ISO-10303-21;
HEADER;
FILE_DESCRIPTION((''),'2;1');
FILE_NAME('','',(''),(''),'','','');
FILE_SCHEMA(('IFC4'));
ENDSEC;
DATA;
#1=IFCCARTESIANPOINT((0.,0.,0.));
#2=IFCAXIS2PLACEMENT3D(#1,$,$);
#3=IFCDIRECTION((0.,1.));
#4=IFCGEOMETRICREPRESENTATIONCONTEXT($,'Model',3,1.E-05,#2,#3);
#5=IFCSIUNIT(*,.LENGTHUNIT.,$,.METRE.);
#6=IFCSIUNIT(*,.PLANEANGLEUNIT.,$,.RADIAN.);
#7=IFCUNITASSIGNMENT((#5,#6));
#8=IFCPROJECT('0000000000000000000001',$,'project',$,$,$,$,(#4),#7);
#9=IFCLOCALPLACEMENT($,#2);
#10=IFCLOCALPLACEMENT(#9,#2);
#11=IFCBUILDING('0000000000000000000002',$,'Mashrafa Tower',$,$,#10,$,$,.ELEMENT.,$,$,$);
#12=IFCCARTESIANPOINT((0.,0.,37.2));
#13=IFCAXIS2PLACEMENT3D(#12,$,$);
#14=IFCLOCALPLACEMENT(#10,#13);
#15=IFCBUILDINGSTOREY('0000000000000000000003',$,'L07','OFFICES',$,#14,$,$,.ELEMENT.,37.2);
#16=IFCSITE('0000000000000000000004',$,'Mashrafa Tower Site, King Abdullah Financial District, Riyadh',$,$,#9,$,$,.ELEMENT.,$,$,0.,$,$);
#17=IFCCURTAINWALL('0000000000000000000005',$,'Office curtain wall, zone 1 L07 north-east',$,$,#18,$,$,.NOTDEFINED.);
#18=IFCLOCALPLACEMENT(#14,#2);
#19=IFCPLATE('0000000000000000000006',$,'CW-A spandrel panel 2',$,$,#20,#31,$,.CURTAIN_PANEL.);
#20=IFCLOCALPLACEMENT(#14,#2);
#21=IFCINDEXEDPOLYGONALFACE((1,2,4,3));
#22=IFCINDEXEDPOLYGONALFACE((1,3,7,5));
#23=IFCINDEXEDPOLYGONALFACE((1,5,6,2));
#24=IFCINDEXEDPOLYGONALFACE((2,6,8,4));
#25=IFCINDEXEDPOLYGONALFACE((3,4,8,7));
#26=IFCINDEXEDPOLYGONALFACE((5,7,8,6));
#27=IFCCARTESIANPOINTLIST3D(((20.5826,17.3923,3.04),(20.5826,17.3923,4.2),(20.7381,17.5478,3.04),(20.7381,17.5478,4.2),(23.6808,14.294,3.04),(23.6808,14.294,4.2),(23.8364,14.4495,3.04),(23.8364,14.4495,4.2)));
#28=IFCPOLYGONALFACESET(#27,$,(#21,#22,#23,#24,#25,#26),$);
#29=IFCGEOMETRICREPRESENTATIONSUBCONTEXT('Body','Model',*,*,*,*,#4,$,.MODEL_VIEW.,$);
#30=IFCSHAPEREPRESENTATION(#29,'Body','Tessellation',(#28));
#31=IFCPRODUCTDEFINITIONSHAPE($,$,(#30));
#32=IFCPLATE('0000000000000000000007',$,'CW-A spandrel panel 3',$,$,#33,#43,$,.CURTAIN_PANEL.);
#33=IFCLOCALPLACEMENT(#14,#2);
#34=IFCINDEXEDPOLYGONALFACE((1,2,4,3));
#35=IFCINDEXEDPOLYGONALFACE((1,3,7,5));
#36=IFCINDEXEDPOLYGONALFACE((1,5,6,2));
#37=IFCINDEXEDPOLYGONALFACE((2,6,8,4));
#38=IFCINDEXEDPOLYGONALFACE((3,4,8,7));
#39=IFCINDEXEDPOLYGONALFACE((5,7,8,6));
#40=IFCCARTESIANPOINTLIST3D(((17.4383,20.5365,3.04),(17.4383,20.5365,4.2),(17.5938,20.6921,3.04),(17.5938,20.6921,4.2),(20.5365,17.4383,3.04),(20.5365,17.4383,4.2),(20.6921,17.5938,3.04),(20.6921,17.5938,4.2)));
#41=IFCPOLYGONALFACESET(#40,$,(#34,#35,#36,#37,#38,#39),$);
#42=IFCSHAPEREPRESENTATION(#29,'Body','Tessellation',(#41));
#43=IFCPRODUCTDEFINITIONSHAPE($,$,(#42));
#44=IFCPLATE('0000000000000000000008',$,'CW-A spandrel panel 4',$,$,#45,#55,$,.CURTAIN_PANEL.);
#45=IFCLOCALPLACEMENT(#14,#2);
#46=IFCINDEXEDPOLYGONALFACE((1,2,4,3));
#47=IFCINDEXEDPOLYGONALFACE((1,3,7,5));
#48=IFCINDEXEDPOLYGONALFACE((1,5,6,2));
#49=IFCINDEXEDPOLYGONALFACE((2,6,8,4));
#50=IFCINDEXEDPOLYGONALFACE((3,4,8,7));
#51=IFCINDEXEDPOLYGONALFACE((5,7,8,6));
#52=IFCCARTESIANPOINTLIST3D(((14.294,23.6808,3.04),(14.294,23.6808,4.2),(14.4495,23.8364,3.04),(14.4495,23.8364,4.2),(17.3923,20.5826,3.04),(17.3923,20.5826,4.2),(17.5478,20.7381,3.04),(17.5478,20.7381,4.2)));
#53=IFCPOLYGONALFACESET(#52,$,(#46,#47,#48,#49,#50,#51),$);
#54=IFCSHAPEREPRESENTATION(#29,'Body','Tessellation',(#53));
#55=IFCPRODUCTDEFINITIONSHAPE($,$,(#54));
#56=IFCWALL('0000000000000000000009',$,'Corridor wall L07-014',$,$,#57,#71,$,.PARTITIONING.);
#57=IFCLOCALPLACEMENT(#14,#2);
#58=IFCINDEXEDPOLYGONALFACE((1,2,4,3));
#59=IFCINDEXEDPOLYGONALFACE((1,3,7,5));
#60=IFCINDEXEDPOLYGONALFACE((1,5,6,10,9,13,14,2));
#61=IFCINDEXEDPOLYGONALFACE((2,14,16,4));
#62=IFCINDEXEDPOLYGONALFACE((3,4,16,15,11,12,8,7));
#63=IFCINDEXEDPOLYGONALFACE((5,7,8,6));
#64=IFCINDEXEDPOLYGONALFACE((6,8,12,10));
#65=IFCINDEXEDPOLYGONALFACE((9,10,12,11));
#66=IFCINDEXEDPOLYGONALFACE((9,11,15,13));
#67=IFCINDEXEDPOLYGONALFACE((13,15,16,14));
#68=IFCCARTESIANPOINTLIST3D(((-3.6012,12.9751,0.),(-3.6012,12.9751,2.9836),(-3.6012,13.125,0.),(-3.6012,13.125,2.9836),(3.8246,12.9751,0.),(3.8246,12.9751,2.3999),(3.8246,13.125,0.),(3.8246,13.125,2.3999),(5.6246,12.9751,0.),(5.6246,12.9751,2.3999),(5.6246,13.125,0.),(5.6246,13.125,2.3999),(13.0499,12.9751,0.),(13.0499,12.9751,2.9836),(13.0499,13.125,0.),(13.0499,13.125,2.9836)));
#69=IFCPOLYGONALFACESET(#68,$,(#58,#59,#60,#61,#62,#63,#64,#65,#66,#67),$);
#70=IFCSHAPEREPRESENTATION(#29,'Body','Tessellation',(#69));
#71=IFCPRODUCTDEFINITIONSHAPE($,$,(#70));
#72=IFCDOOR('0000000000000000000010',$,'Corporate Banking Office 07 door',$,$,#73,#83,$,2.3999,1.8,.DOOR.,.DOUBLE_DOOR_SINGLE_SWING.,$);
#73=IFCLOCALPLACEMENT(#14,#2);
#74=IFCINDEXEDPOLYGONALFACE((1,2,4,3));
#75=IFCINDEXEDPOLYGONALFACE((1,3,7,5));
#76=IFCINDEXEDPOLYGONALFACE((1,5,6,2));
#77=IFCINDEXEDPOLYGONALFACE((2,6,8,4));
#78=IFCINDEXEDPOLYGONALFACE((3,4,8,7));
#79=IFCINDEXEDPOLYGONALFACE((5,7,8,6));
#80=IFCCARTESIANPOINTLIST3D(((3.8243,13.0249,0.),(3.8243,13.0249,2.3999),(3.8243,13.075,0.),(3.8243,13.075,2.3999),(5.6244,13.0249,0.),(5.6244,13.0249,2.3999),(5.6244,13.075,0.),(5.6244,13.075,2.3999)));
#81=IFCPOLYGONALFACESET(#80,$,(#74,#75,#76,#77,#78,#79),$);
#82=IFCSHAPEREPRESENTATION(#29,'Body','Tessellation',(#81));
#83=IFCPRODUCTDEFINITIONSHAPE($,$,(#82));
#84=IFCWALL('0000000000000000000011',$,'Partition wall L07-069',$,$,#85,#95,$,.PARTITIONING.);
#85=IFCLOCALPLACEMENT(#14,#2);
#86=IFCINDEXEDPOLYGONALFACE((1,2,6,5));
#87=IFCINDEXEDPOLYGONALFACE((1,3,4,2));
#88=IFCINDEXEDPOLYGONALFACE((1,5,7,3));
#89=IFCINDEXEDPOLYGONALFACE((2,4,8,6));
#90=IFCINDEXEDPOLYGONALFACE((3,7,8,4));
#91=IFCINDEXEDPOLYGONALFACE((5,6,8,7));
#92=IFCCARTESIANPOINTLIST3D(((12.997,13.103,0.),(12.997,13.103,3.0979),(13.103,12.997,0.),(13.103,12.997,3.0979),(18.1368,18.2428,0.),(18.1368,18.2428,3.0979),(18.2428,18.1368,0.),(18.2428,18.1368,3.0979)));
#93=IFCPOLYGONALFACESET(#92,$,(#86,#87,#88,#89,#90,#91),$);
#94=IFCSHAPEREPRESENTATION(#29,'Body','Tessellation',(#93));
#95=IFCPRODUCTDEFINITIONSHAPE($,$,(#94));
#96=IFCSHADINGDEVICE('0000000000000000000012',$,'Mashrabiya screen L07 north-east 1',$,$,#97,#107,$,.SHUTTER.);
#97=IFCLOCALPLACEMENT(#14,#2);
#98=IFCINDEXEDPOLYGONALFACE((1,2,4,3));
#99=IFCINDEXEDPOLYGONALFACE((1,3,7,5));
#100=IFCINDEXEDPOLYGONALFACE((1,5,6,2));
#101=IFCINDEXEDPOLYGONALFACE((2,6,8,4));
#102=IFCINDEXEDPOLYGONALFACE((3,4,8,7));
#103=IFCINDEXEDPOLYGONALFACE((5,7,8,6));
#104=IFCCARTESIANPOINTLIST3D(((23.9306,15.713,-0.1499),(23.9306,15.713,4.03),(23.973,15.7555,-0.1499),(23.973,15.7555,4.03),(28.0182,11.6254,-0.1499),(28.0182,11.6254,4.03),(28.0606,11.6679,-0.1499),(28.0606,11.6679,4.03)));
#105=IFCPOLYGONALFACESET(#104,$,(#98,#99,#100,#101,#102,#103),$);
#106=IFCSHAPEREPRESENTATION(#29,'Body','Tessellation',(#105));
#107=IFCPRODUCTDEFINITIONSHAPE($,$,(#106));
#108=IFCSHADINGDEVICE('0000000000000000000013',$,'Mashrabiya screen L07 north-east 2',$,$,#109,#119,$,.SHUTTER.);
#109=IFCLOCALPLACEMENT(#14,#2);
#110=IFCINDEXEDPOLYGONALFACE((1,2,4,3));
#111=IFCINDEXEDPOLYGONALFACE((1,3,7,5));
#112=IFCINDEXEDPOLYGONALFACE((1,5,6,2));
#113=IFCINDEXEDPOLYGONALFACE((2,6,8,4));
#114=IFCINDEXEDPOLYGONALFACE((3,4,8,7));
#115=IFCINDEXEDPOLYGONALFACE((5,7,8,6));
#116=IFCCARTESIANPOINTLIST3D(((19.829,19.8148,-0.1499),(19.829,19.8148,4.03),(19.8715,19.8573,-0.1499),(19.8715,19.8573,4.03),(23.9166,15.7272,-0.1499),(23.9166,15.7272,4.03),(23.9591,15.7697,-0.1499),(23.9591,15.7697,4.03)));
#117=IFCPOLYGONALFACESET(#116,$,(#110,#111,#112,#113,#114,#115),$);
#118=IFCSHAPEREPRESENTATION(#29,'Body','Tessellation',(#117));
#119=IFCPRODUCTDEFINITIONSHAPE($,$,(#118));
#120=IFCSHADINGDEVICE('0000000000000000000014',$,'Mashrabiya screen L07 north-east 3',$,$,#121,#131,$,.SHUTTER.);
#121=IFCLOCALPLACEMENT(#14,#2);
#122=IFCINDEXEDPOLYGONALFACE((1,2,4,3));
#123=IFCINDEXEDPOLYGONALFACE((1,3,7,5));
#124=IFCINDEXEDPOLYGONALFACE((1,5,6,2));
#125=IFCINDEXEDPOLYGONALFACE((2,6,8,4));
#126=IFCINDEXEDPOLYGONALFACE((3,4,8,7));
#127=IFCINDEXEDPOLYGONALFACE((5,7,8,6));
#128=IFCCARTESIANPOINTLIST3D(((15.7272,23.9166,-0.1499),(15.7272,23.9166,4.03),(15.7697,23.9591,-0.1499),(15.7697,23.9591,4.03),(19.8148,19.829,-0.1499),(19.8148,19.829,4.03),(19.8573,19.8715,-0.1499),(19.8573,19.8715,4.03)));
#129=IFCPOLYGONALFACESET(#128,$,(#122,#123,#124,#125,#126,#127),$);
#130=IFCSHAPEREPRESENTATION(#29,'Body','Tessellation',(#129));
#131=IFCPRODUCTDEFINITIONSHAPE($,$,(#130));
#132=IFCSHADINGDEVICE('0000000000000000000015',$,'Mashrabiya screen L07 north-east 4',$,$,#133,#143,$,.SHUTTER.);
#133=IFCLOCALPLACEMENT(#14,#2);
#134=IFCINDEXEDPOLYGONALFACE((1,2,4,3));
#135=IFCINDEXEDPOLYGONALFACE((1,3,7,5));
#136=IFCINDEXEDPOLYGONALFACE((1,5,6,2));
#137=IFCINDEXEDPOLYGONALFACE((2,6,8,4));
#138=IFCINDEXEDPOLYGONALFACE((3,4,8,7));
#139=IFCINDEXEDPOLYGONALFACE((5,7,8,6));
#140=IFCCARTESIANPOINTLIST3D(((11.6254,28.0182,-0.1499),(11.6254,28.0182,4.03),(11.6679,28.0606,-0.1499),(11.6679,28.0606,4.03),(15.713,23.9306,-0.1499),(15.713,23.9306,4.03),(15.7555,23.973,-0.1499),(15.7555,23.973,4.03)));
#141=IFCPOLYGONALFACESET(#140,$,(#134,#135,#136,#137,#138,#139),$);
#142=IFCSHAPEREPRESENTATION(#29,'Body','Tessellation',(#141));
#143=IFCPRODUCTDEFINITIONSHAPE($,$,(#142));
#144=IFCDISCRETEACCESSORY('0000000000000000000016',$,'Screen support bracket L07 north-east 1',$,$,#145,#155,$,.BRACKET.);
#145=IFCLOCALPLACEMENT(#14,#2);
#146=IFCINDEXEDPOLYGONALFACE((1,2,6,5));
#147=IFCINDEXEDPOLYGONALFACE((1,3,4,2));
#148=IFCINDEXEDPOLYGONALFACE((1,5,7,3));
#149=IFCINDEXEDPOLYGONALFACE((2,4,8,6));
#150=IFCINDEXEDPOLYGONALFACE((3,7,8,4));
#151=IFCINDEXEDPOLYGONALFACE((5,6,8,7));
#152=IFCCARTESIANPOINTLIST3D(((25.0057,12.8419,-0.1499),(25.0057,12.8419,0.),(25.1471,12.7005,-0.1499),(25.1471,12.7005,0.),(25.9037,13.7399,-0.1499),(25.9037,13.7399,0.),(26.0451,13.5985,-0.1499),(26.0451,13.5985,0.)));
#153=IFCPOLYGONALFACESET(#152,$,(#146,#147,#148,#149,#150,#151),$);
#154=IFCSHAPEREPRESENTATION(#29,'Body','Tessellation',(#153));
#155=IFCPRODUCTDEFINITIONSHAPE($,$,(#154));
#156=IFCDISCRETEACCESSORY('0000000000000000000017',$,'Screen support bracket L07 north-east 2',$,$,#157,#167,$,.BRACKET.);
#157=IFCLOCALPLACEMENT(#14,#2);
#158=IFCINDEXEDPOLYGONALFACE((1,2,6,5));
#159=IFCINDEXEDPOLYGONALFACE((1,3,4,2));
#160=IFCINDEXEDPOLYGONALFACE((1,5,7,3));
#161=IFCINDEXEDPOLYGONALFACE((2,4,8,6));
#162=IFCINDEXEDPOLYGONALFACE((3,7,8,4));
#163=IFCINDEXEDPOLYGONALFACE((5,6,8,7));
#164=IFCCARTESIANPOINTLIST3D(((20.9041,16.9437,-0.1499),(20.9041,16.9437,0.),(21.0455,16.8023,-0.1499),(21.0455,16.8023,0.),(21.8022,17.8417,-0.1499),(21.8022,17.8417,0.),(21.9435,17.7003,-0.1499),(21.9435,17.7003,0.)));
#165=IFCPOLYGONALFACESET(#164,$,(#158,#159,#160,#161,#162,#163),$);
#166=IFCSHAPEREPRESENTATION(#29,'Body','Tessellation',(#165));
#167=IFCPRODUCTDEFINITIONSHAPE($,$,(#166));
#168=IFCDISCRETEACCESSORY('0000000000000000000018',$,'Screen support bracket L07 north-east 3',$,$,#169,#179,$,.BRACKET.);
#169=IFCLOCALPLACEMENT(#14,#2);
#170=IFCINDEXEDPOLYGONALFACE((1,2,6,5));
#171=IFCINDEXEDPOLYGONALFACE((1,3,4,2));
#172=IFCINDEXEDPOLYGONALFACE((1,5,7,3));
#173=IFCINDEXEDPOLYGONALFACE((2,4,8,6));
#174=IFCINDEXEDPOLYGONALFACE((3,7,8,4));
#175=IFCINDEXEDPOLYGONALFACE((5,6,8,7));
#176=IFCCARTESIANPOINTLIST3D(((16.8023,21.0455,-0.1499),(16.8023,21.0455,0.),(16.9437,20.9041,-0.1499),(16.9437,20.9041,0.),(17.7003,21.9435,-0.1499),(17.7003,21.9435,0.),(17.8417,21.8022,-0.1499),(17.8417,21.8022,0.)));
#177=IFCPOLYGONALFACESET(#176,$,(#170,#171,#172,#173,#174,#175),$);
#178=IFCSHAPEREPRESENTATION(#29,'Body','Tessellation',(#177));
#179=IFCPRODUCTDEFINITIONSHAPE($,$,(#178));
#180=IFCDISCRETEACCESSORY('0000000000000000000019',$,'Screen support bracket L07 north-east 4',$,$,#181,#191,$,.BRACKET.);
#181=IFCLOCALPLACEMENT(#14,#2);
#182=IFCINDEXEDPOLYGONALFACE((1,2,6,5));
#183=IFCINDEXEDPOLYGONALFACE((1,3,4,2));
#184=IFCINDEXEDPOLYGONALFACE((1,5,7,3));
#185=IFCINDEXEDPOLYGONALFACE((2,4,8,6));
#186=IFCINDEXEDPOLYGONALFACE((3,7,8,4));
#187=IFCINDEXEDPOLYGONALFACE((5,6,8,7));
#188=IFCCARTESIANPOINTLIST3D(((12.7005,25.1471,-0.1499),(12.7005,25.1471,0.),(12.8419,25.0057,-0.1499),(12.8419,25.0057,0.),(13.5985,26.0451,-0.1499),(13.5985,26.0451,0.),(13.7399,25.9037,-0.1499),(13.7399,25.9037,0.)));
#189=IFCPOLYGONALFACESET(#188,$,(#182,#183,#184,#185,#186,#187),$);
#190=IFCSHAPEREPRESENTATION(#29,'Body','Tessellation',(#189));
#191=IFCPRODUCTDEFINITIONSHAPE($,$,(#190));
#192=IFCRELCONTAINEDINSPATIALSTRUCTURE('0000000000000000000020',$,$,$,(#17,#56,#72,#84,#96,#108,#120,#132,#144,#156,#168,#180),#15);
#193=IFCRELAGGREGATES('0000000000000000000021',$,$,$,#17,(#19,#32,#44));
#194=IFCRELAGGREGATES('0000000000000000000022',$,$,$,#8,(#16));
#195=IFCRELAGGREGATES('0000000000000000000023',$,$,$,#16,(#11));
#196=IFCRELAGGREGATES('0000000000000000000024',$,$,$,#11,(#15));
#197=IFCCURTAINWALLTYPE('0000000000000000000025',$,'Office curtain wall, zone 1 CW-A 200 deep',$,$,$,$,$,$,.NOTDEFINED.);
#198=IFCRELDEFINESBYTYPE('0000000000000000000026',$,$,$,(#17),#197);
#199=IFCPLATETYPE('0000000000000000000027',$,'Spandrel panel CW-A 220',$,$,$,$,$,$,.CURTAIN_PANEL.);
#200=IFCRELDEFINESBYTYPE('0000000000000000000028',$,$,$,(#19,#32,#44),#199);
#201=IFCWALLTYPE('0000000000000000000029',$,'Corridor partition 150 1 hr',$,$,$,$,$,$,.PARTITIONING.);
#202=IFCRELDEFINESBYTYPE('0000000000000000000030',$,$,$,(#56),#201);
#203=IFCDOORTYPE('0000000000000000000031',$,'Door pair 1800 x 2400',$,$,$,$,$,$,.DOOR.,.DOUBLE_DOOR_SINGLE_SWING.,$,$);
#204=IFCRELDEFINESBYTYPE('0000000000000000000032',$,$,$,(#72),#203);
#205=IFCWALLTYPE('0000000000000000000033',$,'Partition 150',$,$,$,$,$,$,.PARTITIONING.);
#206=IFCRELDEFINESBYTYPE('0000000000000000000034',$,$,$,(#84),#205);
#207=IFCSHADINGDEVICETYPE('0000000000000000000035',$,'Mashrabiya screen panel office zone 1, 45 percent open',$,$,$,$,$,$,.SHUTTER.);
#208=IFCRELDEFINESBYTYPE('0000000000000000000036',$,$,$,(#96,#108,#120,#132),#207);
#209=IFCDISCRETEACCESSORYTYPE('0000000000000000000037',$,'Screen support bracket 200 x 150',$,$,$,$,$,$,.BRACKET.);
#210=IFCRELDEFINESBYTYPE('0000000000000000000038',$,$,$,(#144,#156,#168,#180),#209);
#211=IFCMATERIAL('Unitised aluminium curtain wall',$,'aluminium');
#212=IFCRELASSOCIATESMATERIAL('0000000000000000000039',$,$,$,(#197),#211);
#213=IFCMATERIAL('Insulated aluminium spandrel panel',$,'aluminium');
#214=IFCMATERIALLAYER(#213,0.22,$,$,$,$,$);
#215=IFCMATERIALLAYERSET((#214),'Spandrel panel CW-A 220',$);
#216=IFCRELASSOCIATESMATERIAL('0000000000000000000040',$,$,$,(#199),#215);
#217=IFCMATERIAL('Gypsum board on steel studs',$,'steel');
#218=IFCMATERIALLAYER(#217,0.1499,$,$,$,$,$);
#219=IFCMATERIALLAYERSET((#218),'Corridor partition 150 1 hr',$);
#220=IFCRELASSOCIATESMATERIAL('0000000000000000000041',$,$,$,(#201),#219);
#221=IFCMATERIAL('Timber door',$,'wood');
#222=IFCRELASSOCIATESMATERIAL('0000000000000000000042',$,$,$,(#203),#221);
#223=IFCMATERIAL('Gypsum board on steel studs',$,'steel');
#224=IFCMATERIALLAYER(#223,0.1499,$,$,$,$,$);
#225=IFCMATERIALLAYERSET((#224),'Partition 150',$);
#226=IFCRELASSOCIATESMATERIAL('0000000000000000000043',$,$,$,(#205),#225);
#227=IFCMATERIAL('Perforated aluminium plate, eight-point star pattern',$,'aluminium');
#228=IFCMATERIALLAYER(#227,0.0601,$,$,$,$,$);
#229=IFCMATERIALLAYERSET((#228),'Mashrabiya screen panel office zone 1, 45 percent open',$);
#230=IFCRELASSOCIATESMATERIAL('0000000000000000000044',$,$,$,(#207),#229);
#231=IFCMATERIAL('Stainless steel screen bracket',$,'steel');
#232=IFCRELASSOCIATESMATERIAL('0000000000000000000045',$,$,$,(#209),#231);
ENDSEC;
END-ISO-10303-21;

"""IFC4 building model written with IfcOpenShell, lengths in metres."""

from ifc_helpers import new_model, si_unit, direction, frame, frame_2d, origin, origin_2d, place, context, subcontext, project, spatial, rectangle, extrude, source, transform, mapped, material, layer, layer_set, type_object, type_shapes, element, fill, aggregate, save


model = new_model("IFC4")

# Units and contexts
model_context = context("Model", 3, precision=1e-05, world=origin(), true_north=direction((0.0, 1.0)))
body_context = subcontext(model_context, "Body", "Model", "MODEL_VIEW")
ifc_project = project(units=[si_unit("LENGTHUNIT", "METRE"), si_unit("PLANEANGLEUNIT", "RADIAN")], contexts=[model_context])

# Site, building, storey
site_placement = place(None, origin())
site = spatial("IfcSite", under=ifc_project, at=site_placement, Name="Mashrafa Tower Site, King Abdullah Financial District, Riyadh", CompositionType="ELEMENT", RefElevation=0.0)
building_placement = place(site_placement, origin())
building = spatial("IfcBuilding", under=site, at=building_placement, Name="Mashrafa Tower", CompositionType="ELEMENT")
storey_placement = place(building_placement, frame((0.0, 0.0, 37.2)))
storey = spatial("IfcBuildingStorey", under=building, at=storey_placement, Name="L07", Description="OFFICES", CompositionType="ELEMENT", Elevation=37.2)

# Curtain wall, plates
ifc_material_1 = material(Name="Unitised aluminium curtain wall", Category="aluminium")
curtain_wall_type = type_object("IfcCurtainWallType", Name="Office curtain wall, zone 1 CW-A 200 deep", PredefinedType="NOTDEFINED", material=ifc_material_1)
curtain_wall_placement = place(storey_placement, origin())
curtain_wall = element("IfcCurtainWall", 1, at=curtain_wall_placement, inside=storey, type_object=curtain_wall_type, Name="Office curtain wall, zone 1 L07 north-east", PredefinedType="NOTDEFINED")
ifc_material_2 = material(Name="Insulated aluminium spandrel panel", Category="aluminium")
ifc_layer_1 = layer(ifc_material_2, 0.22)
ifc_layer_set_1 = layer_set([ifc_layer_1], Name="Spandrel panel CW-A 220")
plate_type_1 = type_object("IfcPlateType", Name="Spandrel panel CW-A 220", PredefinedType="CURTAIN_PANEL", material=ifc_layer_set_1)
shared_shape_1 = source(origin(), body_context, "Body", "SweptSolid", [
    extrude(rectangle(XDim=4.3816, YDim=0.22, at=origin_2d()), origin(), (0.0, 0.0, 1.0), 1.1599),
])
plate_1_placement = place(storey_placement, frame((22.2095, 15.9209, 3.04), z_axis=(0.0, 0.0, 1.0), x_axis=(-0.707107, 0.707107, 0.0)))
plate_1 = element("IfcPlate", 2, at=plate_1_placement, type_object=plate_type_1, Name="CW-A spandrel panel 2", PredefinedType="CURTAIN_PANEL", context=body_context, shape_type="MappedRepresentation", body=[
    mapped(shared_shape_1, transform((0.0, 0.0, 0.0))),
])
plate_2_placement = place(storey_placement, frame((19.0652, 19.0652, 3.04), z_axis=(0.0, 0.0, 1.0), x_axis=(-0.707107, 0.707107, 0.0)))
plate_2 = element("IfcPlate", 3, at=plate_2_placement, type_object=plate_type_1, Name="CW-A spandrel panel 3", PredefinedType="CURTAIN_PANEL", context=body_context, shape_type="MappedRepresentation", body=[
    mapped(shared_shape_1, transform((0.0, 0.0, 0.0))),
])
plate_3_placement = place(storey_placement, frame((15.9209, 22.2095, 3.04), z_axis=(0.0, 0.0, 1.0), x_axis=(-0.707107, 0.707107, 0.0)))
plate_3 = element("IfcPlate", 4, at=plate_3_placement, type_object=plate_type_1, Name="CW-A spandrel panel 4", PredefinedType="CURTAIN_PANEL", context=body_context, shape_type="MappedRepresentation", body=[
    mapped(shared_shape_1, transform((0.0, 0.0, 0.0))),
])
aggregate(curtain_wall, [plate_1, plate_2, plate_3])

# Wall, opening, door
ifc_material_3 = material(Name="Gypsum board on steel studs", Category="steel")
ifc_layer_2 = layer(ifc_material_3, 0.1499)
ifc_layer_set_2 = layer_set([ifc_layer_2], Name="Corridor partition 150 1 hr")
wall_type_1 = type_object("IfcWallType", Name="Corridor partition 150 1 hr", PredefinedType="PARTITIONING", material=ifc_layer_set_2)
wall_1_placement = place(storey_placement, frame((13.05, 13.05, 0.0), z_axis=(0.0, 0.0, 1.0), x_axis=(-1.0, 0.0, 0.0)))
wall_1 = element("IfcWall", 5, at=wall_1_placement, inside=storey, type_object=wall_type_1, Name="Corridor wall L07-014", PredefinedType="PARTITIONING", context=body_context, shape_type="SweptSolid", body=[
    extrude(rectangle(XDim=16.6511, YDim=0.1499, at=frame_2d((8.3257, 0.0))), origin(), (0.0, 0.0, 1.0), 2.9836),
])
opening_placement = place(wall_1_placement, frame((7.4255, 0.0, 0.0)))
opening = element("IfcOpeningElement", 6, at=opening_placement, cuts=wall_1, PredefinedType="OPENING", context=body_context, shape_type="SweptSolid", body=[
    extrude(rectangle(XDim=1.8, YDim=2.3999, at=frame_2d((0.8999, 1.2))), frame((0.0, 0.085, 0.0), z_axis=(0.0, -1.0, 0.0), x_axis=(1.0, 0.0, 0.0)), (0.0, 0.0, 1.0), 0.1699),
])
ifc_material_4 = material(Name="Timber door", Category="wood")
door_type = type_object("IfcDoorType", Name="Door pair 1800 x 2400", OperationType="DOUBLE_DOOR_SINGLE_SWING", PredefinedType="DOOR", material=ifc_material_4)
door_placement = place(opening_placement, frame((1.8, 0.0, 0.0), z_axis=(0.0, 0.0, 1.0), x_axis=(-1.0, 0.0, 0.0)))
door = element("IfcDoor", 7, at=door_placement, inside=storey, type_object=door_type, Name="Corporate Banking Office 07 door", OperationType="DOUBLE_DOOR_SINGLE_SWING", OverallHeight=2.3999, OverallWidth=1.8, PredefinedType="DOOR", context=body_context, shape_type="SweptSolid", body=[
    extrude(rectangle(XDim=1.8, YDim=2.3999, at=frame_2d((0.8999, 1.2))), frame((0.0, 0.0249, 0.0), z_axis=(0.0, -1.0, 0.0), x_axis=(1.0, 0.0, 0.0)), (0.0, 0.0, 1.0), 0.05),
])
fill(opening, door)

# Wall
ifc_material_5 = material(Name="Gypsum board on steel studs", Category="steel")
ifc_layer_3 = layer(ifc_material_5, 0.1499)
ifc_layer_set_3 = layer_set([ifc_layer_3], Name="Partition 150")
wall_type_2 = type_object("IfcWallType", Name="Partition 150", PredefinedType="PARTITIONING", material=ifc_layer_set_3)
wall_2_placement = place(storey_placement, frame((13.05, 13.05, 0.0), z_axis=(0.0, 0.0, 1.0), x_axis=(0.707107, 0.707107, 0.0)))
element("IfcWall", 8, at=wall_2_placement, inside=storey, type_object=wall_type_2, Name="Partition wall L07-069", PredefinedType="PARTITIONING", context=body_context, shape_type="SweptSolid", body=[
    extrude(rectangle(XDim=7.2688, YDim=0.1499, at=frame_2d((3.6343, 0.0))), origin(), (0.0, 0.0, 1.0), 3.0979),
])

# Shading devices
ifc_material_6 = material(Name="Perforated aluminium plate, eight-point star pattern", Category="aluminium")
ifc_layer_4 = layer(ifc_material_6, 0.0601)
ifc_layer_set_4 = layer_set([ifc_layer_4], Name="Mashrabiya screen panel office zone 1, 45 percent open")
shading_device_type = type_object("IfcShadingDeviceType", Name="Mashrabiya screen panel office zone 1, 45 percent open", PredefinedType="SHUTTER", material=ifc_layer_set_4)
shared_shape_2 = source(origin(), body_context, "Body", "SweptSolid", [
    extrude(rectangle(XDim=5.7808, YDim=0.0601, at=origin_2d()), origin(), (0.0, 0.0, 1.0), 4.1799),
])
type_shapes(shading_device_type, [shared_shape_2])
for number, where, z_axis, x_axis, name in (
    (9, (25.9956, 13.6904, -0.1499), (0.0, 0.0, 1.0), (-0.707107, 0.707107, 0.0), "Mashrabiya screen L07 north-east 1"),
    (10, (21.894, 17.7922, -0.1499), (0.0, 0.0, 1.0), (-0.707107, 0.707107, 0.0), "Mashrabiya screen L07 north-east 2"),
    (11, (17.7922, 21.894, -0.1499), (0.0, 0.0, 1.0), (-0.707107, 0.707107, 0.0), "Mashrabiya screen L07 north-east 3"),
    (12, (13.6904, 25.9956, -0.1499), (0.0, 0.0, 1.0), (-0.707107, 0.707107, 0.0), "Mashrabiya screen L07 north-east 4"),
):
    element("IfcShadingDevice", number, at=place(storey_placement, frame(where, z_axis=z_axis, x_axis=x_axis)), inside=storey, type_object=shading_device_type, Name=name, PredefinedType="SHUTTER", context=body_context, shape_type="MappedRepresentation", body=[
        mapped(shared_shape_2, transform((0.0, 0.0, 0.0))),
    ])

# Discrete accessories
ifc_material_7 = material(Name="Stainless steel screen bracket", Category="steel")
discrete_accessory_type = type_object("IfcDiscreteAccessoryType", Name="Screen support bracket 200 x 150", PredefinedType="BRACKET", material=ifc_material_7)
shared_shape_3 = source(origin(), body_context, "Body", "SweptSolid", [
    extrude(rectangle(XDim=0.2, YDim=1.27, at=origin_2d()), origin(), (0.0, 0.0, 1.0), 0.1499),
])
type_shapes(discrete_accessory_type, [shared_shape_3])
for number, where, z_axis, x_axis, name in (
    (13, (25.5254, 13.2202, -0.1499), (0.0, 0.0, 1.0), (-0.707107, 0.707107, 0.0), "Screen support bracket L07 north-east 1"),
    (14, (21.4238, 17.322, -0.1499), (0.0, 0.0, 1.0), (-0.707107, 0.707107, 0.0), "Screen support bracket L07 north-east 2"),
    (15, (17.322, 21.4238, -0.1499), (0.0, 0.0, 1.0), (-0.707107, 0.707107, 0.0), "Screen support bracket L07 north-east 3"),
    (16, (13.2202, 25.5254, -0.1499), (0.0, 0.0, 1.0), (-0.707107, 0.707107, 0.0), "Screen support bracket L07 north-east 4"),
):
    element("IfcDiscreteAccessory", number, at=place(storey_placement, frame(where, z_axis=z_axis, x_axis=x_axis)), inside=storey, type_object=discrete_accessory_type, Name=name, PredefinedType="BRACKET", context=body_context, shape_type="MappedRepresentation", body=[
        mapped(shared_shape_3, transform((0.0, 0.0, 0.0))),
    ])

save(model, "model.ifc")
